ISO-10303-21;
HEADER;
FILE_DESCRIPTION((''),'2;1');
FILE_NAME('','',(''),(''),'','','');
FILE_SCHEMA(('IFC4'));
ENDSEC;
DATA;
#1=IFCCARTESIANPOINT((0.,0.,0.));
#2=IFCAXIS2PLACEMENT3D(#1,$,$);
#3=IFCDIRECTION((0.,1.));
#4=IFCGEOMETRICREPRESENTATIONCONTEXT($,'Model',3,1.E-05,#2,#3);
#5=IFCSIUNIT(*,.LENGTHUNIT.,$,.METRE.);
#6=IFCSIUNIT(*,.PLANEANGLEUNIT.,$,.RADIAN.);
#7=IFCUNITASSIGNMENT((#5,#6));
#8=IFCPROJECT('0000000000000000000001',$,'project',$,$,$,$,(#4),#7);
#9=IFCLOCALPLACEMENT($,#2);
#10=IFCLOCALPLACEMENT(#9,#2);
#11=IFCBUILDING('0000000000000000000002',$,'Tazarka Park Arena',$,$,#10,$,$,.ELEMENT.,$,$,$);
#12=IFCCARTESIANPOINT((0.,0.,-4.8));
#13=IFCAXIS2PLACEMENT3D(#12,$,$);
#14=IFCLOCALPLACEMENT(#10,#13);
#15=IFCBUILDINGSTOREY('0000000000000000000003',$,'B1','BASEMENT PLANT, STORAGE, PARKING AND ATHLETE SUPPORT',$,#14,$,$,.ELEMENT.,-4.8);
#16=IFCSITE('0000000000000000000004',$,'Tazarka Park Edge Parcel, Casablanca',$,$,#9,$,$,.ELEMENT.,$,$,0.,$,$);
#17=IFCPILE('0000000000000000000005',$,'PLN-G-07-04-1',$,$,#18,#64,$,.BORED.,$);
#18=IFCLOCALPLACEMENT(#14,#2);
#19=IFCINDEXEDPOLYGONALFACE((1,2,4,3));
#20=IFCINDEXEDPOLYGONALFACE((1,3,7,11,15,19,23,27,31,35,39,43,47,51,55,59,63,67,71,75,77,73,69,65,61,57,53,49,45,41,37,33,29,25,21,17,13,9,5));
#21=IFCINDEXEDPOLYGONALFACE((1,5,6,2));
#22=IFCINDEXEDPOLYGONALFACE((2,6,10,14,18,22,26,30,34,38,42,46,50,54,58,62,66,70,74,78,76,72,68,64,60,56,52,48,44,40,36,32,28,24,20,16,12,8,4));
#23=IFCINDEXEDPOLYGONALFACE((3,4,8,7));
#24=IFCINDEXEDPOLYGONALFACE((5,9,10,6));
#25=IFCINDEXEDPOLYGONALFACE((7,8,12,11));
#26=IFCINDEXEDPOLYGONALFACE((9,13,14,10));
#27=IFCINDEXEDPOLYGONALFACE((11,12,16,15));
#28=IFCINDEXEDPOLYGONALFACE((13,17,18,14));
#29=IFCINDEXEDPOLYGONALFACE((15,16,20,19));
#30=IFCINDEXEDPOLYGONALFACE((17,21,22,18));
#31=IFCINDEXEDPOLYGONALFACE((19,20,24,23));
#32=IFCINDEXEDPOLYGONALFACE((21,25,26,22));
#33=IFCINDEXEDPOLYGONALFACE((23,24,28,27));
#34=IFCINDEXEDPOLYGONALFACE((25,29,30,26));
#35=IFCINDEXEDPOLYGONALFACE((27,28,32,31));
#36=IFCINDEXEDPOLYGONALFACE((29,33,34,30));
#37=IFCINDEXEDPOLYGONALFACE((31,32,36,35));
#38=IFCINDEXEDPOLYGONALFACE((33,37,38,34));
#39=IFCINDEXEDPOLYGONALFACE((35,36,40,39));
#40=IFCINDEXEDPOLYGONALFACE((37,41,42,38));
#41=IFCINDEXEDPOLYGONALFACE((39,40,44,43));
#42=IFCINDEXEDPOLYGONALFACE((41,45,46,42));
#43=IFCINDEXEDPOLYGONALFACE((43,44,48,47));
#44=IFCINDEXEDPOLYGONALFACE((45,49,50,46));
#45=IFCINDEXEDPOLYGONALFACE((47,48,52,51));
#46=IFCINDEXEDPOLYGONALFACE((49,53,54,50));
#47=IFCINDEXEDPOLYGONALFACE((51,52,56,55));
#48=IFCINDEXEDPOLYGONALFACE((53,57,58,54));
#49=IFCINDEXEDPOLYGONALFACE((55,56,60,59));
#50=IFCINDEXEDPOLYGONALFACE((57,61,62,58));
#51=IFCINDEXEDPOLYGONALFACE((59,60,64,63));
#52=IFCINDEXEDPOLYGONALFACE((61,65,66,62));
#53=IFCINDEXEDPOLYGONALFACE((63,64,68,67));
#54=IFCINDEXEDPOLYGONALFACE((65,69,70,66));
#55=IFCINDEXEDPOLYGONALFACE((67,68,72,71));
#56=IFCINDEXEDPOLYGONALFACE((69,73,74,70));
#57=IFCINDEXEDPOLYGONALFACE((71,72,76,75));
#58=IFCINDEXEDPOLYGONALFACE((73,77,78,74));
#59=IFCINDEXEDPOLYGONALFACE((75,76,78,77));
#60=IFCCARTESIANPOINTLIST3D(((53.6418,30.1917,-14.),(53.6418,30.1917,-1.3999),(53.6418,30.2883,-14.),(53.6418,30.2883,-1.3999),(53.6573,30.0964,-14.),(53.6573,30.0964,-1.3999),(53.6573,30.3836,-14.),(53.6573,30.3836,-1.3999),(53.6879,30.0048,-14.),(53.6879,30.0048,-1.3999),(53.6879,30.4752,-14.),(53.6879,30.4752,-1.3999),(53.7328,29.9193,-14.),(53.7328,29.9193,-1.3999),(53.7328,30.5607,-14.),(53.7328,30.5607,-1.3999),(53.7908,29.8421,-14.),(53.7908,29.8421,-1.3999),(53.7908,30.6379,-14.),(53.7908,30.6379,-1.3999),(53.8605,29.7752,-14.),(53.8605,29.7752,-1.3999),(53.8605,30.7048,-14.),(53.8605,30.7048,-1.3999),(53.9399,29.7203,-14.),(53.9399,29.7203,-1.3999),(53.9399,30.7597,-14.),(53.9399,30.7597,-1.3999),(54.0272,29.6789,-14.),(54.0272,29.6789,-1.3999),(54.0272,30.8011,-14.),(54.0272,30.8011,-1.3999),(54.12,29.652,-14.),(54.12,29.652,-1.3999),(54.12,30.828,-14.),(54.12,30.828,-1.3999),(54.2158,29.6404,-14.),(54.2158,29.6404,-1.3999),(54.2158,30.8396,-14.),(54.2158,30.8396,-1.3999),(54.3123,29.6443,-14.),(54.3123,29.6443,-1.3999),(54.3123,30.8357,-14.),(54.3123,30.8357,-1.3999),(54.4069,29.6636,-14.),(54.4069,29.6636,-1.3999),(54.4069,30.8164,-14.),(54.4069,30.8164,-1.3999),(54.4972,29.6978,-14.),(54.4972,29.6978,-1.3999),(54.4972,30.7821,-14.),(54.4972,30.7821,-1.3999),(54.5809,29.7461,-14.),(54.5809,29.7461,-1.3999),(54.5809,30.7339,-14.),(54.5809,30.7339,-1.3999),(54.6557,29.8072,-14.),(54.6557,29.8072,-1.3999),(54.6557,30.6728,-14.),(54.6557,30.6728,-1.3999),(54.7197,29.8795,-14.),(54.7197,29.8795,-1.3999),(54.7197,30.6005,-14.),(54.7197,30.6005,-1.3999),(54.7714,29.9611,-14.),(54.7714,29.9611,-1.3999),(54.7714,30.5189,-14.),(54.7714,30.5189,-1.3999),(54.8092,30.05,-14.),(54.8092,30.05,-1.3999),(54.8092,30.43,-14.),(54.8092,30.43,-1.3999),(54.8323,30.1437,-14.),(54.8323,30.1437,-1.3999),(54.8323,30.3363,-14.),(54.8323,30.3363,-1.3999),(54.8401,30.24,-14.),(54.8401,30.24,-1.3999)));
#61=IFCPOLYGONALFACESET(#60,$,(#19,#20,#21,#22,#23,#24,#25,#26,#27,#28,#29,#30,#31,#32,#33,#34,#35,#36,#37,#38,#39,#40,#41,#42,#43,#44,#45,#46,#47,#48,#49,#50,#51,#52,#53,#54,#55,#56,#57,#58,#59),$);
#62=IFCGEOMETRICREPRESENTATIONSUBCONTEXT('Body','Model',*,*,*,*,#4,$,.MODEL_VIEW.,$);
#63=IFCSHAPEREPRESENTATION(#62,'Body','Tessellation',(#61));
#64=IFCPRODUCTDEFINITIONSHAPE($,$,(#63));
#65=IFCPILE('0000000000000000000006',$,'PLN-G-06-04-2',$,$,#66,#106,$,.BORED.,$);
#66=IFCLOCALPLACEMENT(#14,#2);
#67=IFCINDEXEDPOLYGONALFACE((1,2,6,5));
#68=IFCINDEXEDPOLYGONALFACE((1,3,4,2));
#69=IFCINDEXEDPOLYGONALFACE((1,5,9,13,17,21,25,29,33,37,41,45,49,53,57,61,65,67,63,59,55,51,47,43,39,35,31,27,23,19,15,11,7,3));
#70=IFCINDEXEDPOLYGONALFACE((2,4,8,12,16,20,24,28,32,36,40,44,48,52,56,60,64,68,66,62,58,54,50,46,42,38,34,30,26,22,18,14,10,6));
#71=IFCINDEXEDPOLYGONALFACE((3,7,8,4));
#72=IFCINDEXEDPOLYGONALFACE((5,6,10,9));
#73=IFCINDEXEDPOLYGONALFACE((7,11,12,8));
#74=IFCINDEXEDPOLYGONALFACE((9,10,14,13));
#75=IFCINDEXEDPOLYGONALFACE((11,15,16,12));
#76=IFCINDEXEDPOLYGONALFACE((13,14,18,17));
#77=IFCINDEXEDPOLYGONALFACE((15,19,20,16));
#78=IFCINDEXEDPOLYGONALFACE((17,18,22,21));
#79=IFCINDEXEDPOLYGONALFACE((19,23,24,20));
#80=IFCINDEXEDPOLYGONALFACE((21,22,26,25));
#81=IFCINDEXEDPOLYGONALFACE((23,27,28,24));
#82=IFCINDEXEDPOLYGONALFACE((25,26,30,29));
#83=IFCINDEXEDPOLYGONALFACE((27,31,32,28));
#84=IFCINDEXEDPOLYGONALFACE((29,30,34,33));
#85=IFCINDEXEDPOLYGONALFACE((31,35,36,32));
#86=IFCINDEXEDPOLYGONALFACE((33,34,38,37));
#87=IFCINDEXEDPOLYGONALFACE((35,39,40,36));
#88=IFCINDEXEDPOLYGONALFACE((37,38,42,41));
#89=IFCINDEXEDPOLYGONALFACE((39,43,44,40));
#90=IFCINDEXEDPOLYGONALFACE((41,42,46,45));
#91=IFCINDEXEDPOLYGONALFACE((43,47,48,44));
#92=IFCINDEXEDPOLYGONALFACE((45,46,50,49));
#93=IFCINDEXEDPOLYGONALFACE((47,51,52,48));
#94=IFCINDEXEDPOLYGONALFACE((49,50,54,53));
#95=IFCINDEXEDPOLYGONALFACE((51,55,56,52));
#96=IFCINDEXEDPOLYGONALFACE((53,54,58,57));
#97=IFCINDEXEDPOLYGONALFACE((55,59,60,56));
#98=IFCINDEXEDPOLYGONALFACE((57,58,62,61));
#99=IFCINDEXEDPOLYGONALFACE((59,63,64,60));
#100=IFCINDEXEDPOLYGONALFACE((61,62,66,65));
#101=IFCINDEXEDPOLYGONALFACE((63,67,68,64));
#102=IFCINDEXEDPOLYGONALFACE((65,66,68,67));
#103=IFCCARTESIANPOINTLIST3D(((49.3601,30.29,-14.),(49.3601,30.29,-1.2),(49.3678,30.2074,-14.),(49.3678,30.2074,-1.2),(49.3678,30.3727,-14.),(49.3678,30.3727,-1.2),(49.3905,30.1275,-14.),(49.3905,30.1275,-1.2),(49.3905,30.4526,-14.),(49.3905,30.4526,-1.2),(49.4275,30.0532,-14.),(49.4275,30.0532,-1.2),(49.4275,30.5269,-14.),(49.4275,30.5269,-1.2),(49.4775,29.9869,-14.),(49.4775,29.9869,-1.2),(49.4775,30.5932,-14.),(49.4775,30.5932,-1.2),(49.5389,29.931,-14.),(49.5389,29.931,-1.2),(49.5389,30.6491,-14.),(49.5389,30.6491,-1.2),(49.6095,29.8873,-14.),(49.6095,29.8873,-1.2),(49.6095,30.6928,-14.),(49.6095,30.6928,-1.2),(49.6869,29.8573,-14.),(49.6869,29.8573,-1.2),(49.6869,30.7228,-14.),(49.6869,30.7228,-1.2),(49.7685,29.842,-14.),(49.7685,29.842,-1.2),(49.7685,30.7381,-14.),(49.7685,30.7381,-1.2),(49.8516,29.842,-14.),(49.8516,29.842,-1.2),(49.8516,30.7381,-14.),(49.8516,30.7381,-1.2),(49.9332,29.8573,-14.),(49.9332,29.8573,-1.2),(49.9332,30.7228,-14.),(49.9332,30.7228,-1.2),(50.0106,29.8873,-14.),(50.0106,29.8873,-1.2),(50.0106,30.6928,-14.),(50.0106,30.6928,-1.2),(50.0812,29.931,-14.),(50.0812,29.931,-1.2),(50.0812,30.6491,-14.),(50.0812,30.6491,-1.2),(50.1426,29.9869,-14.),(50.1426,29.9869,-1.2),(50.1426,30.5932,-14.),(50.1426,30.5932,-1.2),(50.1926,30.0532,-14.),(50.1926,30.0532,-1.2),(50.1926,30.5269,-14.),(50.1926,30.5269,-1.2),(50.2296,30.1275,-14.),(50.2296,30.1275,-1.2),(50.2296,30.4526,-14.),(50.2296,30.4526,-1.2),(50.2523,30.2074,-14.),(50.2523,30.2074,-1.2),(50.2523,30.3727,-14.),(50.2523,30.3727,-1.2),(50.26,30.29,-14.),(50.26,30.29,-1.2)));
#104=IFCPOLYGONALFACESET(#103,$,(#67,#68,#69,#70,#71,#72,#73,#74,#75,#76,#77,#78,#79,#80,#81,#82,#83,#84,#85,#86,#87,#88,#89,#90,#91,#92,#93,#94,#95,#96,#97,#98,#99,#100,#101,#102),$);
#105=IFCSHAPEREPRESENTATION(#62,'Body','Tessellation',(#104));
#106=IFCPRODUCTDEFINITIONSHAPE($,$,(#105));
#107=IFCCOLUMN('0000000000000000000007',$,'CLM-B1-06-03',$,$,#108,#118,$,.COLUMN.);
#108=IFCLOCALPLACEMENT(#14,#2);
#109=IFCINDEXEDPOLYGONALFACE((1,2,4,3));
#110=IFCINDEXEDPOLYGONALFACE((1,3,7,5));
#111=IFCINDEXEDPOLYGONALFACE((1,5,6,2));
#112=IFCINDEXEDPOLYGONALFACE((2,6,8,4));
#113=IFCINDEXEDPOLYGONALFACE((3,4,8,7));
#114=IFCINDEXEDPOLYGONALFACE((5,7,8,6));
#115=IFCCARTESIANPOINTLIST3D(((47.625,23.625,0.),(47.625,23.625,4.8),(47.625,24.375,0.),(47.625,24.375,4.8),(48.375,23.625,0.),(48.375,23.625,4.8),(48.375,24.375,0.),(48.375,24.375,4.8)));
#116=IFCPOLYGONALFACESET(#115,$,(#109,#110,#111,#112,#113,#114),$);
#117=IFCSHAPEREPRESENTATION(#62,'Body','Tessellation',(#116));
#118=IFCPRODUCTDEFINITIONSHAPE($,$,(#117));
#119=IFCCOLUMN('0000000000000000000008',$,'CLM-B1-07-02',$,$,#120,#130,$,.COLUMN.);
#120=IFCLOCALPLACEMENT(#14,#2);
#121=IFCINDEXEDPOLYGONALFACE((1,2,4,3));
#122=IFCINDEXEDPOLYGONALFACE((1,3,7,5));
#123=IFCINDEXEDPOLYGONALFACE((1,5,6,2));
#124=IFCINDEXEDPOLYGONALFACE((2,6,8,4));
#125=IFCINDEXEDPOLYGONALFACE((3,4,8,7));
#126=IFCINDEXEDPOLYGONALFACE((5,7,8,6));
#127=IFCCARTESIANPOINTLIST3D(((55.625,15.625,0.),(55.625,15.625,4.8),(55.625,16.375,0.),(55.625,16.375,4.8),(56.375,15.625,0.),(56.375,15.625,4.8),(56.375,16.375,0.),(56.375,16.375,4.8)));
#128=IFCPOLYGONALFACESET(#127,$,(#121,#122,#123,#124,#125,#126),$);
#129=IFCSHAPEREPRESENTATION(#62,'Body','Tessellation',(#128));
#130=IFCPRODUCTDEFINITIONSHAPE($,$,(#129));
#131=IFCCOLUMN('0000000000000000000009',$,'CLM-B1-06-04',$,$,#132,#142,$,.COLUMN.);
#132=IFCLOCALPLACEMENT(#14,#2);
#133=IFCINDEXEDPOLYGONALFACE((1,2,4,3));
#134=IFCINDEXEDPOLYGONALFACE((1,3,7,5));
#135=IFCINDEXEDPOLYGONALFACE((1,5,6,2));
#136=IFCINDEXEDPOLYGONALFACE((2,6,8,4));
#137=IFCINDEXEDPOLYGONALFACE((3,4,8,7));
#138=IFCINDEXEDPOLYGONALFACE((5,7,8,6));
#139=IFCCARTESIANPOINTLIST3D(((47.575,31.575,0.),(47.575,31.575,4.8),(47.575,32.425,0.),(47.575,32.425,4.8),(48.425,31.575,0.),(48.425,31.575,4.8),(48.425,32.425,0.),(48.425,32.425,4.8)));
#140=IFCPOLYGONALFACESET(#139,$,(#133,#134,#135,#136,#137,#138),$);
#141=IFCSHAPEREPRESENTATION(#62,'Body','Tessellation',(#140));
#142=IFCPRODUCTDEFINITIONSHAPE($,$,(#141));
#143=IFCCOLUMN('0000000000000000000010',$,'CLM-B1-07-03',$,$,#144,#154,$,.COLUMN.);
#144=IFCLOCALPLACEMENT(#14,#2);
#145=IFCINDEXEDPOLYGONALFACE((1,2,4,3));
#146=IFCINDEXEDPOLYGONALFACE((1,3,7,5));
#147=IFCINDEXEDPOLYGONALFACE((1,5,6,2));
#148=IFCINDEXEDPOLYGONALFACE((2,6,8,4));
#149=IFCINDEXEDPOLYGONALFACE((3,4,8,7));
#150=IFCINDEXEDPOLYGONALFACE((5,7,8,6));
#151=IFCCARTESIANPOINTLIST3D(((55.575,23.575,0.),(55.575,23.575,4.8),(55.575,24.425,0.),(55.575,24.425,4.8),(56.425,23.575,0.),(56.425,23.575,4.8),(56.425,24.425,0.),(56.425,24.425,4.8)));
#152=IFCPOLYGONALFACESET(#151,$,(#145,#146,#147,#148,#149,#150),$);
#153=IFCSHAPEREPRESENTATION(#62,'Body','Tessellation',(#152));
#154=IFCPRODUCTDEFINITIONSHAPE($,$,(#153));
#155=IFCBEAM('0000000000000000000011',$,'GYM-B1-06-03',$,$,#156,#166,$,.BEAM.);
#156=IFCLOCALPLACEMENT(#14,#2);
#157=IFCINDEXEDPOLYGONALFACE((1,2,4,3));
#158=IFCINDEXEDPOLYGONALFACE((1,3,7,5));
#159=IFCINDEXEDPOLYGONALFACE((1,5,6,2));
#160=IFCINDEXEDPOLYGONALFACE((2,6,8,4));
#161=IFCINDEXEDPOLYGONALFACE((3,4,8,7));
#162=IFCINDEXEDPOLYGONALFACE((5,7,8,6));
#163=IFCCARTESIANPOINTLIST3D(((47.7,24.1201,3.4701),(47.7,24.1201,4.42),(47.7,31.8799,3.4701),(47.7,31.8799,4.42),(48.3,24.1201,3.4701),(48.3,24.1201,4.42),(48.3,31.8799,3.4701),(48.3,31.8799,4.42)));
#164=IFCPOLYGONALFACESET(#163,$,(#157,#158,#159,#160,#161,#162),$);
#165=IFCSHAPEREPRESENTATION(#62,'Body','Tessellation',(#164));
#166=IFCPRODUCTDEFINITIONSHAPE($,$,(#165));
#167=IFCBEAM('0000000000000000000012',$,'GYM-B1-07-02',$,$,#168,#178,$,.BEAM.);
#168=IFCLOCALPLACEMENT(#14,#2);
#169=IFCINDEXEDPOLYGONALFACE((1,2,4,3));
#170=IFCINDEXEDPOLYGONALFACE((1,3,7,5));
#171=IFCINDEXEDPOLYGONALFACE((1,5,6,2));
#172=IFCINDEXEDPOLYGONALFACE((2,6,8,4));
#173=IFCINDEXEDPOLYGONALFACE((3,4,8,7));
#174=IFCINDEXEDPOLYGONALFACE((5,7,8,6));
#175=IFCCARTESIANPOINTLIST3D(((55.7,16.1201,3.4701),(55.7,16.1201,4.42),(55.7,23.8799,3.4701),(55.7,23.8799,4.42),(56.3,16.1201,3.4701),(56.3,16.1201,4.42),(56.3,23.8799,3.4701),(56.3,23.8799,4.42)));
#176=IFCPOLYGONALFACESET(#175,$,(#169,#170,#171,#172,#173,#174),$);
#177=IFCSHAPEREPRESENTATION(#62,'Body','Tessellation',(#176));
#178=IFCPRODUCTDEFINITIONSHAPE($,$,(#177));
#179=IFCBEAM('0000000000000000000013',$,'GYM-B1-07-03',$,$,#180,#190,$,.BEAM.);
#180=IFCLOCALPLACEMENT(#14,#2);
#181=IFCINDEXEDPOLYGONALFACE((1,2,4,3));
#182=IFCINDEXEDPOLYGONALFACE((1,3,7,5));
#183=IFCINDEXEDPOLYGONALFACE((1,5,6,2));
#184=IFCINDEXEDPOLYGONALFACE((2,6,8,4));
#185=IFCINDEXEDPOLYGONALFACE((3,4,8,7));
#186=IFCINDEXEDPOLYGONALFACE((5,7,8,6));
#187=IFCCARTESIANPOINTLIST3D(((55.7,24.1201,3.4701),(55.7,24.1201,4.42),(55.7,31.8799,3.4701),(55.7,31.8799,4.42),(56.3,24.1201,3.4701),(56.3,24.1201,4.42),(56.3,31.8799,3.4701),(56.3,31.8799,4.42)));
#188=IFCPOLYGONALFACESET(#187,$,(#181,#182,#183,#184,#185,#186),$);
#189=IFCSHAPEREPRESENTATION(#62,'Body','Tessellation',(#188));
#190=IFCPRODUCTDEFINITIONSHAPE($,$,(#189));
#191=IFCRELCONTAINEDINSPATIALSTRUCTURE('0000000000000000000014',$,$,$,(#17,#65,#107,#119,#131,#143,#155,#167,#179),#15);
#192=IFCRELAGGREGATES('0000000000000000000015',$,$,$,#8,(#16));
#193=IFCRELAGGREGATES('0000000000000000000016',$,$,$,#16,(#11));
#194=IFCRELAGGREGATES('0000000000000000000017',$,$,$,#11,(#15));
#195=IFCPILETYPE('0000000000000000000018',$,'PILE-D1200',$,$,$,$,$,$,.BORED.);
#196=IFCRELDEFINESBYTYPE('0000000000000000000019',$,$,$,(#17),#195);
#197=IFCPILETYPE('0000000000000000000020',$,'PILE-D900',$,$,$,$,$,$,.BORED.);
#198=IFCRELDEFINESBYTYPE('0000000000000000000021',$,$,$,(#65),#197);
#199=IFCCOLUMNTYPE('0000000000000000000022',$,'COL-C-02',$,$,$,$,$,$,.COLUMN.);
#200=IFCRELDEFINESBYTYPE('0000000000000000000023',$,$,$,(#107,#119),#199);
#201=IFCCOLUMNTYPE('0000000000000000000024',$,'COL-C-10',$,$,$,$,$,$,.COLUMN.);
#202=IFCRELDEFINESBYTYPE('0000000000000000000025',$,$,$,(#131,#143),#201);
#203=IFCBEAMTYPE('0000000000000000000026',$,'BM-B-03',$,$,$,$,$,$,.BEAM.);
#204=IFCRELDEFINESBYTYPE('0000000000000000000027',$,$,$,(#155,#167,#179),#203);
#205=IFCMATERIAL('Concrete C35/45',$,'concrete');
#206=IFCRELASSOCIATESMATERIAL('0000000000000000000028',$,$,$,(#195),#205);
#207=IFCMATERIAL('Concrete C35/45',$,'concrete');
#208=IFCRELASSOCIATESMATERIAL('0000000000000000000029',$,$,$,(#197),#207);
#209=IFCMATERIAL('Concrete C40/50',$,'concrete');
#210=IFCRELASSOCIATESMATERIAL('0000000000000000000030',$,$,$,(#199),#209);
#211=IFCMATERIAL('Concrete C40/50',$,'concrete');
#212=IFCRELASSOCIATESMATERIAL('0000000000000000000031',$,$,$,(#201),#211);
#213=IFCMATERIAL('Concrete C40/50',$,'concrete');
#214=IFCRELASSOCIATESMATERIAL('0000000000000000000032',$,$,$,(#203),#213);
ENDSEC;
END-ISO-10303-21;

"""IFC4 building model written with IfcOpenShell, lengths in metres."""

from ifc_helpers import new_model, si_unit, direction, frame, origin, origin_2d, place, context, subcontext, project, spatial, rectangle, circle, extrude, material, material_profile, profile_set, type_object, element, save


model = new_model("IFC4")

# Units and contexts
model_context = context("Model", 3, precision=1e-05, world=origin(), true_north=direction((0.0, 1.0)))
body_context = subcontext(model_context, "Body", "Model", "MODEL_VIEW")
ifc_project = project(units=[si_unit("LENGTHUNIT", "METRE"), si_unit("PLANEANGLEUNIT", "RADIAN")], contexts=[model_context])

# Site, building, storey
site_placement = place(None, origin())
site = spatial("IfcSite", under=ifc_project, at=site_placement, Name="Tazarka Park Edge Parcel, Casablanca", CompositionType="ELEMENT", RefElevation=0.0)
building_placement = place(site_placement, origin())
building = spatial("IfcBuilding", under=site, at=building_placement, Name="Tazarka Park Arena", CompositionType="ELEMENT")
storey_placement = place(building_placement, frame((0.0, 0.0, -4.8)))
storey = spatial("IfcBuildingStorey", under=building, at=storey_placement, Name="B1", Description="BASEMENT PLANT, STORAGE, PARKING AND ATHLETE SUPPORT", CompositionType="ELEMENT", Elevation=-4.8)

# Piles
ifc_material_1 = material(Name="Concrete C35/45", Category="concrete")
ifc_material_profile_1 = material_profile(ifc_material_1, circle(Radius=0.6001, at=origin_2d()), Name="Concrete C35/45")
ifc_profile_set_1 = profile_set([ifc_material_profile_1], Name="Concrete C35/45")
pile_type_1 = type_object("IfcPileType", Name="PILE-D1200", PredefinedType="BORED", material=ifc_profile_set_1)
pile_1_placement = place(storey_placement, frame((54.24, 30.24, -1.3999), z_axis=(0.0, 0.0, -1.0), x_axis=(1.0, 0.0, 0.0)))
element("IfcPile", 1, at=pile_1_placement, inside=storey, type_object=pile_type_1, Name="PLN-G-07-04-1", PredefinedType="BORED", context=body_context, shape_type="SweptSolid", body=[
    extrude(circle(Radius=0.6001, at=origin_2d()), origin(), (0.0, 0.0, 1.0), 12.6001),
])
ifc_material_2 = material(Name="Concrete C35/45", Category="concrete")
ifc_material_profile_2 = material_profile(ifc_material_2, circle(Radius=0.45, at=origin_2d()), Name="Concrete C35/45")
ifc_profile_set_2 = profile_set([ifc_material_profile_2], Name="Concrete C35/45")
pile_type_2 = type_object("IfcPileType", Name="PILE-D900", PredefinedType="BORED", material=ifc_profile_set_2)
pile_2_placement = place(storey_placement, frame((49.8101, 30.29, -1.2), z_axis=(0.0, 0.0, -1.0), x_axis=(1.0, 0.0, 0.0)))
element("IfcPile", 2, at=pile_2_placement, inside=storey, type_object=pile_type_2, Name="PLN-G-06-04-2", PredefinedType="BORED", context=body_context, shape_type="SweptSolid", body=[
    extrude(circle(Radius=0.45, at=origin_2d()), origin(), (0.0, 0.0, 1.0), 12.8),
])

# Columns
ifc_material_3 = material(Name="Concrete C40/50", Category="concrete")
ifc_material_profile_3 = material_profile(ifc_material_3, rectangle(XDim=0.75, YDim=0.75, at=origin_2d()), Name="Concrete C40/50")
ifc_profile_set_3 = profile_set([ifc_material_profile_3], Name="Concrete C40/50")
column_type_1 = type_object("IfcColumnType", Name="COL-C-02", PredefinedType="COLUMN", material=ifc_profile_set_3)
for number, where, z_axis, x_axis, name in (
    (3, (48.0, 24.0, 0.0), (0.0, 0.0, 1.0), (1.0, 0.0, 0.0), "CLM-B1-06-03"),
    (4, (56.0, 16.0, 0.0), (0.0, 0.0, 1.0), (1.0, 0.0, 0.0), "CLM-B1-07-02"),
):
    element("IfcColumn", number, at=place(storey_placement, frame(where, z_axis=z_axis, x_axis=x_axis)), inside=storey, type_object=column_type_1, Name=name, PredefinedType="COLUMN", context=body_context, shape_type="SweptSolid", body=[
        extrude(rectangle(XDim=0.75, YDim=0.75, at=origin_2d()), origin(), (0.0, 0.0, 1.0), 4.8),
    ])
ifc_material_4 = material(Name="Concrete C40/50", Category="concrete")
ifc_material_profile_4 = material_profile(ifc_material_4, rectangle(XDim=0.8501, YDim=0.8501, at=origin_2d()), Name="Concrete C40/50")
ifc_profile_set_4 = profile_set([ifc_material_profile_4], Name="Concrete C40/50")
column_type_2 = type_object("IfcColumnType", Name="COL-C-10", PredefinedType="COLUMN", material=ifc_profile_set_4)
for number, where, z_axis, x_axis, name in (
    (5, (48.0, 32.0, 0.0), (0.0, 0.0, 1.0), (1.0, 0.0, 0.0), "CLM-B1-06-04"),
    (6, (56.0, 24.0, 0.0), (0.0, 0.0, 1.0), (1.0, 0.0, 0.0), "CLM-B1-07-03"),
):
    element("IfcColumn", number, at=place(storey_placement, frame(where, z_axis=z_axis, x_axis=x_axis)), inside=storey, type_object=column_type_2, Name=name, PredefinedType="COLUMN", context=body_context, shape_type="SweptSolid", body=[
        extrude(rectangle(XDim=0.8501, YDim=0.8501, at=origin_2d()), origin(), (0.0, 0.0, 1.0), 4.8),
    ])

# Beams
ifc_material_5 = material(Name="Concrete C40/50", Category="concrete")
ifc_material_profile_5 = material_profile(ifc_material_5, rectangle(XDim=0.6001, YDim=0.95, at=origin_2d()), Name="Concrete C40/50")
ifc_profile_set_5 = profile_set([ifc_material_profile_5], Name="Concrete C40/50")
beam_type_1 = type_object("IfcBeamType", Name="BM-B-03", PredefinedType="BEAM", material=ifc_profile_set_5)
for number, where, z_axis, x_axis, name in (
    (7, (48.0, 24.1201, 3.9451), (0.0, 1.0, 0.0), (-1.0, 0.0, 0.0), "GYM-B1-06-03"),
    (8, (56.0, 16.1201, 3.9451), (0.0, 1.0, 0.0), (-1.0, 0.0, 0.0), "GYM-B1-07-02"),
    (9, (56.0, 24.1201, 3.9451), (0.0, 1.0, 0.0), (-1.0, 0.0, 0.0), "GYM-B1-07-03"),
):
    element("IfcBeam", number, at=place(storey_placement, frame(where, z_axis=z_axis, x_axis=x_axis)), inside=storey, type_object=beam_type_1, Name=name, PredefinedType="BEAM", context=body_context, shape_type="SweptSolid", body=[
        extrude(rectangle(XDim=0.6001, YDim=0.95, at=origin_2d()), origin(), (0.0, 0.0, 1.0), 7.7598),
    ])

save(model, "model.ifc")
